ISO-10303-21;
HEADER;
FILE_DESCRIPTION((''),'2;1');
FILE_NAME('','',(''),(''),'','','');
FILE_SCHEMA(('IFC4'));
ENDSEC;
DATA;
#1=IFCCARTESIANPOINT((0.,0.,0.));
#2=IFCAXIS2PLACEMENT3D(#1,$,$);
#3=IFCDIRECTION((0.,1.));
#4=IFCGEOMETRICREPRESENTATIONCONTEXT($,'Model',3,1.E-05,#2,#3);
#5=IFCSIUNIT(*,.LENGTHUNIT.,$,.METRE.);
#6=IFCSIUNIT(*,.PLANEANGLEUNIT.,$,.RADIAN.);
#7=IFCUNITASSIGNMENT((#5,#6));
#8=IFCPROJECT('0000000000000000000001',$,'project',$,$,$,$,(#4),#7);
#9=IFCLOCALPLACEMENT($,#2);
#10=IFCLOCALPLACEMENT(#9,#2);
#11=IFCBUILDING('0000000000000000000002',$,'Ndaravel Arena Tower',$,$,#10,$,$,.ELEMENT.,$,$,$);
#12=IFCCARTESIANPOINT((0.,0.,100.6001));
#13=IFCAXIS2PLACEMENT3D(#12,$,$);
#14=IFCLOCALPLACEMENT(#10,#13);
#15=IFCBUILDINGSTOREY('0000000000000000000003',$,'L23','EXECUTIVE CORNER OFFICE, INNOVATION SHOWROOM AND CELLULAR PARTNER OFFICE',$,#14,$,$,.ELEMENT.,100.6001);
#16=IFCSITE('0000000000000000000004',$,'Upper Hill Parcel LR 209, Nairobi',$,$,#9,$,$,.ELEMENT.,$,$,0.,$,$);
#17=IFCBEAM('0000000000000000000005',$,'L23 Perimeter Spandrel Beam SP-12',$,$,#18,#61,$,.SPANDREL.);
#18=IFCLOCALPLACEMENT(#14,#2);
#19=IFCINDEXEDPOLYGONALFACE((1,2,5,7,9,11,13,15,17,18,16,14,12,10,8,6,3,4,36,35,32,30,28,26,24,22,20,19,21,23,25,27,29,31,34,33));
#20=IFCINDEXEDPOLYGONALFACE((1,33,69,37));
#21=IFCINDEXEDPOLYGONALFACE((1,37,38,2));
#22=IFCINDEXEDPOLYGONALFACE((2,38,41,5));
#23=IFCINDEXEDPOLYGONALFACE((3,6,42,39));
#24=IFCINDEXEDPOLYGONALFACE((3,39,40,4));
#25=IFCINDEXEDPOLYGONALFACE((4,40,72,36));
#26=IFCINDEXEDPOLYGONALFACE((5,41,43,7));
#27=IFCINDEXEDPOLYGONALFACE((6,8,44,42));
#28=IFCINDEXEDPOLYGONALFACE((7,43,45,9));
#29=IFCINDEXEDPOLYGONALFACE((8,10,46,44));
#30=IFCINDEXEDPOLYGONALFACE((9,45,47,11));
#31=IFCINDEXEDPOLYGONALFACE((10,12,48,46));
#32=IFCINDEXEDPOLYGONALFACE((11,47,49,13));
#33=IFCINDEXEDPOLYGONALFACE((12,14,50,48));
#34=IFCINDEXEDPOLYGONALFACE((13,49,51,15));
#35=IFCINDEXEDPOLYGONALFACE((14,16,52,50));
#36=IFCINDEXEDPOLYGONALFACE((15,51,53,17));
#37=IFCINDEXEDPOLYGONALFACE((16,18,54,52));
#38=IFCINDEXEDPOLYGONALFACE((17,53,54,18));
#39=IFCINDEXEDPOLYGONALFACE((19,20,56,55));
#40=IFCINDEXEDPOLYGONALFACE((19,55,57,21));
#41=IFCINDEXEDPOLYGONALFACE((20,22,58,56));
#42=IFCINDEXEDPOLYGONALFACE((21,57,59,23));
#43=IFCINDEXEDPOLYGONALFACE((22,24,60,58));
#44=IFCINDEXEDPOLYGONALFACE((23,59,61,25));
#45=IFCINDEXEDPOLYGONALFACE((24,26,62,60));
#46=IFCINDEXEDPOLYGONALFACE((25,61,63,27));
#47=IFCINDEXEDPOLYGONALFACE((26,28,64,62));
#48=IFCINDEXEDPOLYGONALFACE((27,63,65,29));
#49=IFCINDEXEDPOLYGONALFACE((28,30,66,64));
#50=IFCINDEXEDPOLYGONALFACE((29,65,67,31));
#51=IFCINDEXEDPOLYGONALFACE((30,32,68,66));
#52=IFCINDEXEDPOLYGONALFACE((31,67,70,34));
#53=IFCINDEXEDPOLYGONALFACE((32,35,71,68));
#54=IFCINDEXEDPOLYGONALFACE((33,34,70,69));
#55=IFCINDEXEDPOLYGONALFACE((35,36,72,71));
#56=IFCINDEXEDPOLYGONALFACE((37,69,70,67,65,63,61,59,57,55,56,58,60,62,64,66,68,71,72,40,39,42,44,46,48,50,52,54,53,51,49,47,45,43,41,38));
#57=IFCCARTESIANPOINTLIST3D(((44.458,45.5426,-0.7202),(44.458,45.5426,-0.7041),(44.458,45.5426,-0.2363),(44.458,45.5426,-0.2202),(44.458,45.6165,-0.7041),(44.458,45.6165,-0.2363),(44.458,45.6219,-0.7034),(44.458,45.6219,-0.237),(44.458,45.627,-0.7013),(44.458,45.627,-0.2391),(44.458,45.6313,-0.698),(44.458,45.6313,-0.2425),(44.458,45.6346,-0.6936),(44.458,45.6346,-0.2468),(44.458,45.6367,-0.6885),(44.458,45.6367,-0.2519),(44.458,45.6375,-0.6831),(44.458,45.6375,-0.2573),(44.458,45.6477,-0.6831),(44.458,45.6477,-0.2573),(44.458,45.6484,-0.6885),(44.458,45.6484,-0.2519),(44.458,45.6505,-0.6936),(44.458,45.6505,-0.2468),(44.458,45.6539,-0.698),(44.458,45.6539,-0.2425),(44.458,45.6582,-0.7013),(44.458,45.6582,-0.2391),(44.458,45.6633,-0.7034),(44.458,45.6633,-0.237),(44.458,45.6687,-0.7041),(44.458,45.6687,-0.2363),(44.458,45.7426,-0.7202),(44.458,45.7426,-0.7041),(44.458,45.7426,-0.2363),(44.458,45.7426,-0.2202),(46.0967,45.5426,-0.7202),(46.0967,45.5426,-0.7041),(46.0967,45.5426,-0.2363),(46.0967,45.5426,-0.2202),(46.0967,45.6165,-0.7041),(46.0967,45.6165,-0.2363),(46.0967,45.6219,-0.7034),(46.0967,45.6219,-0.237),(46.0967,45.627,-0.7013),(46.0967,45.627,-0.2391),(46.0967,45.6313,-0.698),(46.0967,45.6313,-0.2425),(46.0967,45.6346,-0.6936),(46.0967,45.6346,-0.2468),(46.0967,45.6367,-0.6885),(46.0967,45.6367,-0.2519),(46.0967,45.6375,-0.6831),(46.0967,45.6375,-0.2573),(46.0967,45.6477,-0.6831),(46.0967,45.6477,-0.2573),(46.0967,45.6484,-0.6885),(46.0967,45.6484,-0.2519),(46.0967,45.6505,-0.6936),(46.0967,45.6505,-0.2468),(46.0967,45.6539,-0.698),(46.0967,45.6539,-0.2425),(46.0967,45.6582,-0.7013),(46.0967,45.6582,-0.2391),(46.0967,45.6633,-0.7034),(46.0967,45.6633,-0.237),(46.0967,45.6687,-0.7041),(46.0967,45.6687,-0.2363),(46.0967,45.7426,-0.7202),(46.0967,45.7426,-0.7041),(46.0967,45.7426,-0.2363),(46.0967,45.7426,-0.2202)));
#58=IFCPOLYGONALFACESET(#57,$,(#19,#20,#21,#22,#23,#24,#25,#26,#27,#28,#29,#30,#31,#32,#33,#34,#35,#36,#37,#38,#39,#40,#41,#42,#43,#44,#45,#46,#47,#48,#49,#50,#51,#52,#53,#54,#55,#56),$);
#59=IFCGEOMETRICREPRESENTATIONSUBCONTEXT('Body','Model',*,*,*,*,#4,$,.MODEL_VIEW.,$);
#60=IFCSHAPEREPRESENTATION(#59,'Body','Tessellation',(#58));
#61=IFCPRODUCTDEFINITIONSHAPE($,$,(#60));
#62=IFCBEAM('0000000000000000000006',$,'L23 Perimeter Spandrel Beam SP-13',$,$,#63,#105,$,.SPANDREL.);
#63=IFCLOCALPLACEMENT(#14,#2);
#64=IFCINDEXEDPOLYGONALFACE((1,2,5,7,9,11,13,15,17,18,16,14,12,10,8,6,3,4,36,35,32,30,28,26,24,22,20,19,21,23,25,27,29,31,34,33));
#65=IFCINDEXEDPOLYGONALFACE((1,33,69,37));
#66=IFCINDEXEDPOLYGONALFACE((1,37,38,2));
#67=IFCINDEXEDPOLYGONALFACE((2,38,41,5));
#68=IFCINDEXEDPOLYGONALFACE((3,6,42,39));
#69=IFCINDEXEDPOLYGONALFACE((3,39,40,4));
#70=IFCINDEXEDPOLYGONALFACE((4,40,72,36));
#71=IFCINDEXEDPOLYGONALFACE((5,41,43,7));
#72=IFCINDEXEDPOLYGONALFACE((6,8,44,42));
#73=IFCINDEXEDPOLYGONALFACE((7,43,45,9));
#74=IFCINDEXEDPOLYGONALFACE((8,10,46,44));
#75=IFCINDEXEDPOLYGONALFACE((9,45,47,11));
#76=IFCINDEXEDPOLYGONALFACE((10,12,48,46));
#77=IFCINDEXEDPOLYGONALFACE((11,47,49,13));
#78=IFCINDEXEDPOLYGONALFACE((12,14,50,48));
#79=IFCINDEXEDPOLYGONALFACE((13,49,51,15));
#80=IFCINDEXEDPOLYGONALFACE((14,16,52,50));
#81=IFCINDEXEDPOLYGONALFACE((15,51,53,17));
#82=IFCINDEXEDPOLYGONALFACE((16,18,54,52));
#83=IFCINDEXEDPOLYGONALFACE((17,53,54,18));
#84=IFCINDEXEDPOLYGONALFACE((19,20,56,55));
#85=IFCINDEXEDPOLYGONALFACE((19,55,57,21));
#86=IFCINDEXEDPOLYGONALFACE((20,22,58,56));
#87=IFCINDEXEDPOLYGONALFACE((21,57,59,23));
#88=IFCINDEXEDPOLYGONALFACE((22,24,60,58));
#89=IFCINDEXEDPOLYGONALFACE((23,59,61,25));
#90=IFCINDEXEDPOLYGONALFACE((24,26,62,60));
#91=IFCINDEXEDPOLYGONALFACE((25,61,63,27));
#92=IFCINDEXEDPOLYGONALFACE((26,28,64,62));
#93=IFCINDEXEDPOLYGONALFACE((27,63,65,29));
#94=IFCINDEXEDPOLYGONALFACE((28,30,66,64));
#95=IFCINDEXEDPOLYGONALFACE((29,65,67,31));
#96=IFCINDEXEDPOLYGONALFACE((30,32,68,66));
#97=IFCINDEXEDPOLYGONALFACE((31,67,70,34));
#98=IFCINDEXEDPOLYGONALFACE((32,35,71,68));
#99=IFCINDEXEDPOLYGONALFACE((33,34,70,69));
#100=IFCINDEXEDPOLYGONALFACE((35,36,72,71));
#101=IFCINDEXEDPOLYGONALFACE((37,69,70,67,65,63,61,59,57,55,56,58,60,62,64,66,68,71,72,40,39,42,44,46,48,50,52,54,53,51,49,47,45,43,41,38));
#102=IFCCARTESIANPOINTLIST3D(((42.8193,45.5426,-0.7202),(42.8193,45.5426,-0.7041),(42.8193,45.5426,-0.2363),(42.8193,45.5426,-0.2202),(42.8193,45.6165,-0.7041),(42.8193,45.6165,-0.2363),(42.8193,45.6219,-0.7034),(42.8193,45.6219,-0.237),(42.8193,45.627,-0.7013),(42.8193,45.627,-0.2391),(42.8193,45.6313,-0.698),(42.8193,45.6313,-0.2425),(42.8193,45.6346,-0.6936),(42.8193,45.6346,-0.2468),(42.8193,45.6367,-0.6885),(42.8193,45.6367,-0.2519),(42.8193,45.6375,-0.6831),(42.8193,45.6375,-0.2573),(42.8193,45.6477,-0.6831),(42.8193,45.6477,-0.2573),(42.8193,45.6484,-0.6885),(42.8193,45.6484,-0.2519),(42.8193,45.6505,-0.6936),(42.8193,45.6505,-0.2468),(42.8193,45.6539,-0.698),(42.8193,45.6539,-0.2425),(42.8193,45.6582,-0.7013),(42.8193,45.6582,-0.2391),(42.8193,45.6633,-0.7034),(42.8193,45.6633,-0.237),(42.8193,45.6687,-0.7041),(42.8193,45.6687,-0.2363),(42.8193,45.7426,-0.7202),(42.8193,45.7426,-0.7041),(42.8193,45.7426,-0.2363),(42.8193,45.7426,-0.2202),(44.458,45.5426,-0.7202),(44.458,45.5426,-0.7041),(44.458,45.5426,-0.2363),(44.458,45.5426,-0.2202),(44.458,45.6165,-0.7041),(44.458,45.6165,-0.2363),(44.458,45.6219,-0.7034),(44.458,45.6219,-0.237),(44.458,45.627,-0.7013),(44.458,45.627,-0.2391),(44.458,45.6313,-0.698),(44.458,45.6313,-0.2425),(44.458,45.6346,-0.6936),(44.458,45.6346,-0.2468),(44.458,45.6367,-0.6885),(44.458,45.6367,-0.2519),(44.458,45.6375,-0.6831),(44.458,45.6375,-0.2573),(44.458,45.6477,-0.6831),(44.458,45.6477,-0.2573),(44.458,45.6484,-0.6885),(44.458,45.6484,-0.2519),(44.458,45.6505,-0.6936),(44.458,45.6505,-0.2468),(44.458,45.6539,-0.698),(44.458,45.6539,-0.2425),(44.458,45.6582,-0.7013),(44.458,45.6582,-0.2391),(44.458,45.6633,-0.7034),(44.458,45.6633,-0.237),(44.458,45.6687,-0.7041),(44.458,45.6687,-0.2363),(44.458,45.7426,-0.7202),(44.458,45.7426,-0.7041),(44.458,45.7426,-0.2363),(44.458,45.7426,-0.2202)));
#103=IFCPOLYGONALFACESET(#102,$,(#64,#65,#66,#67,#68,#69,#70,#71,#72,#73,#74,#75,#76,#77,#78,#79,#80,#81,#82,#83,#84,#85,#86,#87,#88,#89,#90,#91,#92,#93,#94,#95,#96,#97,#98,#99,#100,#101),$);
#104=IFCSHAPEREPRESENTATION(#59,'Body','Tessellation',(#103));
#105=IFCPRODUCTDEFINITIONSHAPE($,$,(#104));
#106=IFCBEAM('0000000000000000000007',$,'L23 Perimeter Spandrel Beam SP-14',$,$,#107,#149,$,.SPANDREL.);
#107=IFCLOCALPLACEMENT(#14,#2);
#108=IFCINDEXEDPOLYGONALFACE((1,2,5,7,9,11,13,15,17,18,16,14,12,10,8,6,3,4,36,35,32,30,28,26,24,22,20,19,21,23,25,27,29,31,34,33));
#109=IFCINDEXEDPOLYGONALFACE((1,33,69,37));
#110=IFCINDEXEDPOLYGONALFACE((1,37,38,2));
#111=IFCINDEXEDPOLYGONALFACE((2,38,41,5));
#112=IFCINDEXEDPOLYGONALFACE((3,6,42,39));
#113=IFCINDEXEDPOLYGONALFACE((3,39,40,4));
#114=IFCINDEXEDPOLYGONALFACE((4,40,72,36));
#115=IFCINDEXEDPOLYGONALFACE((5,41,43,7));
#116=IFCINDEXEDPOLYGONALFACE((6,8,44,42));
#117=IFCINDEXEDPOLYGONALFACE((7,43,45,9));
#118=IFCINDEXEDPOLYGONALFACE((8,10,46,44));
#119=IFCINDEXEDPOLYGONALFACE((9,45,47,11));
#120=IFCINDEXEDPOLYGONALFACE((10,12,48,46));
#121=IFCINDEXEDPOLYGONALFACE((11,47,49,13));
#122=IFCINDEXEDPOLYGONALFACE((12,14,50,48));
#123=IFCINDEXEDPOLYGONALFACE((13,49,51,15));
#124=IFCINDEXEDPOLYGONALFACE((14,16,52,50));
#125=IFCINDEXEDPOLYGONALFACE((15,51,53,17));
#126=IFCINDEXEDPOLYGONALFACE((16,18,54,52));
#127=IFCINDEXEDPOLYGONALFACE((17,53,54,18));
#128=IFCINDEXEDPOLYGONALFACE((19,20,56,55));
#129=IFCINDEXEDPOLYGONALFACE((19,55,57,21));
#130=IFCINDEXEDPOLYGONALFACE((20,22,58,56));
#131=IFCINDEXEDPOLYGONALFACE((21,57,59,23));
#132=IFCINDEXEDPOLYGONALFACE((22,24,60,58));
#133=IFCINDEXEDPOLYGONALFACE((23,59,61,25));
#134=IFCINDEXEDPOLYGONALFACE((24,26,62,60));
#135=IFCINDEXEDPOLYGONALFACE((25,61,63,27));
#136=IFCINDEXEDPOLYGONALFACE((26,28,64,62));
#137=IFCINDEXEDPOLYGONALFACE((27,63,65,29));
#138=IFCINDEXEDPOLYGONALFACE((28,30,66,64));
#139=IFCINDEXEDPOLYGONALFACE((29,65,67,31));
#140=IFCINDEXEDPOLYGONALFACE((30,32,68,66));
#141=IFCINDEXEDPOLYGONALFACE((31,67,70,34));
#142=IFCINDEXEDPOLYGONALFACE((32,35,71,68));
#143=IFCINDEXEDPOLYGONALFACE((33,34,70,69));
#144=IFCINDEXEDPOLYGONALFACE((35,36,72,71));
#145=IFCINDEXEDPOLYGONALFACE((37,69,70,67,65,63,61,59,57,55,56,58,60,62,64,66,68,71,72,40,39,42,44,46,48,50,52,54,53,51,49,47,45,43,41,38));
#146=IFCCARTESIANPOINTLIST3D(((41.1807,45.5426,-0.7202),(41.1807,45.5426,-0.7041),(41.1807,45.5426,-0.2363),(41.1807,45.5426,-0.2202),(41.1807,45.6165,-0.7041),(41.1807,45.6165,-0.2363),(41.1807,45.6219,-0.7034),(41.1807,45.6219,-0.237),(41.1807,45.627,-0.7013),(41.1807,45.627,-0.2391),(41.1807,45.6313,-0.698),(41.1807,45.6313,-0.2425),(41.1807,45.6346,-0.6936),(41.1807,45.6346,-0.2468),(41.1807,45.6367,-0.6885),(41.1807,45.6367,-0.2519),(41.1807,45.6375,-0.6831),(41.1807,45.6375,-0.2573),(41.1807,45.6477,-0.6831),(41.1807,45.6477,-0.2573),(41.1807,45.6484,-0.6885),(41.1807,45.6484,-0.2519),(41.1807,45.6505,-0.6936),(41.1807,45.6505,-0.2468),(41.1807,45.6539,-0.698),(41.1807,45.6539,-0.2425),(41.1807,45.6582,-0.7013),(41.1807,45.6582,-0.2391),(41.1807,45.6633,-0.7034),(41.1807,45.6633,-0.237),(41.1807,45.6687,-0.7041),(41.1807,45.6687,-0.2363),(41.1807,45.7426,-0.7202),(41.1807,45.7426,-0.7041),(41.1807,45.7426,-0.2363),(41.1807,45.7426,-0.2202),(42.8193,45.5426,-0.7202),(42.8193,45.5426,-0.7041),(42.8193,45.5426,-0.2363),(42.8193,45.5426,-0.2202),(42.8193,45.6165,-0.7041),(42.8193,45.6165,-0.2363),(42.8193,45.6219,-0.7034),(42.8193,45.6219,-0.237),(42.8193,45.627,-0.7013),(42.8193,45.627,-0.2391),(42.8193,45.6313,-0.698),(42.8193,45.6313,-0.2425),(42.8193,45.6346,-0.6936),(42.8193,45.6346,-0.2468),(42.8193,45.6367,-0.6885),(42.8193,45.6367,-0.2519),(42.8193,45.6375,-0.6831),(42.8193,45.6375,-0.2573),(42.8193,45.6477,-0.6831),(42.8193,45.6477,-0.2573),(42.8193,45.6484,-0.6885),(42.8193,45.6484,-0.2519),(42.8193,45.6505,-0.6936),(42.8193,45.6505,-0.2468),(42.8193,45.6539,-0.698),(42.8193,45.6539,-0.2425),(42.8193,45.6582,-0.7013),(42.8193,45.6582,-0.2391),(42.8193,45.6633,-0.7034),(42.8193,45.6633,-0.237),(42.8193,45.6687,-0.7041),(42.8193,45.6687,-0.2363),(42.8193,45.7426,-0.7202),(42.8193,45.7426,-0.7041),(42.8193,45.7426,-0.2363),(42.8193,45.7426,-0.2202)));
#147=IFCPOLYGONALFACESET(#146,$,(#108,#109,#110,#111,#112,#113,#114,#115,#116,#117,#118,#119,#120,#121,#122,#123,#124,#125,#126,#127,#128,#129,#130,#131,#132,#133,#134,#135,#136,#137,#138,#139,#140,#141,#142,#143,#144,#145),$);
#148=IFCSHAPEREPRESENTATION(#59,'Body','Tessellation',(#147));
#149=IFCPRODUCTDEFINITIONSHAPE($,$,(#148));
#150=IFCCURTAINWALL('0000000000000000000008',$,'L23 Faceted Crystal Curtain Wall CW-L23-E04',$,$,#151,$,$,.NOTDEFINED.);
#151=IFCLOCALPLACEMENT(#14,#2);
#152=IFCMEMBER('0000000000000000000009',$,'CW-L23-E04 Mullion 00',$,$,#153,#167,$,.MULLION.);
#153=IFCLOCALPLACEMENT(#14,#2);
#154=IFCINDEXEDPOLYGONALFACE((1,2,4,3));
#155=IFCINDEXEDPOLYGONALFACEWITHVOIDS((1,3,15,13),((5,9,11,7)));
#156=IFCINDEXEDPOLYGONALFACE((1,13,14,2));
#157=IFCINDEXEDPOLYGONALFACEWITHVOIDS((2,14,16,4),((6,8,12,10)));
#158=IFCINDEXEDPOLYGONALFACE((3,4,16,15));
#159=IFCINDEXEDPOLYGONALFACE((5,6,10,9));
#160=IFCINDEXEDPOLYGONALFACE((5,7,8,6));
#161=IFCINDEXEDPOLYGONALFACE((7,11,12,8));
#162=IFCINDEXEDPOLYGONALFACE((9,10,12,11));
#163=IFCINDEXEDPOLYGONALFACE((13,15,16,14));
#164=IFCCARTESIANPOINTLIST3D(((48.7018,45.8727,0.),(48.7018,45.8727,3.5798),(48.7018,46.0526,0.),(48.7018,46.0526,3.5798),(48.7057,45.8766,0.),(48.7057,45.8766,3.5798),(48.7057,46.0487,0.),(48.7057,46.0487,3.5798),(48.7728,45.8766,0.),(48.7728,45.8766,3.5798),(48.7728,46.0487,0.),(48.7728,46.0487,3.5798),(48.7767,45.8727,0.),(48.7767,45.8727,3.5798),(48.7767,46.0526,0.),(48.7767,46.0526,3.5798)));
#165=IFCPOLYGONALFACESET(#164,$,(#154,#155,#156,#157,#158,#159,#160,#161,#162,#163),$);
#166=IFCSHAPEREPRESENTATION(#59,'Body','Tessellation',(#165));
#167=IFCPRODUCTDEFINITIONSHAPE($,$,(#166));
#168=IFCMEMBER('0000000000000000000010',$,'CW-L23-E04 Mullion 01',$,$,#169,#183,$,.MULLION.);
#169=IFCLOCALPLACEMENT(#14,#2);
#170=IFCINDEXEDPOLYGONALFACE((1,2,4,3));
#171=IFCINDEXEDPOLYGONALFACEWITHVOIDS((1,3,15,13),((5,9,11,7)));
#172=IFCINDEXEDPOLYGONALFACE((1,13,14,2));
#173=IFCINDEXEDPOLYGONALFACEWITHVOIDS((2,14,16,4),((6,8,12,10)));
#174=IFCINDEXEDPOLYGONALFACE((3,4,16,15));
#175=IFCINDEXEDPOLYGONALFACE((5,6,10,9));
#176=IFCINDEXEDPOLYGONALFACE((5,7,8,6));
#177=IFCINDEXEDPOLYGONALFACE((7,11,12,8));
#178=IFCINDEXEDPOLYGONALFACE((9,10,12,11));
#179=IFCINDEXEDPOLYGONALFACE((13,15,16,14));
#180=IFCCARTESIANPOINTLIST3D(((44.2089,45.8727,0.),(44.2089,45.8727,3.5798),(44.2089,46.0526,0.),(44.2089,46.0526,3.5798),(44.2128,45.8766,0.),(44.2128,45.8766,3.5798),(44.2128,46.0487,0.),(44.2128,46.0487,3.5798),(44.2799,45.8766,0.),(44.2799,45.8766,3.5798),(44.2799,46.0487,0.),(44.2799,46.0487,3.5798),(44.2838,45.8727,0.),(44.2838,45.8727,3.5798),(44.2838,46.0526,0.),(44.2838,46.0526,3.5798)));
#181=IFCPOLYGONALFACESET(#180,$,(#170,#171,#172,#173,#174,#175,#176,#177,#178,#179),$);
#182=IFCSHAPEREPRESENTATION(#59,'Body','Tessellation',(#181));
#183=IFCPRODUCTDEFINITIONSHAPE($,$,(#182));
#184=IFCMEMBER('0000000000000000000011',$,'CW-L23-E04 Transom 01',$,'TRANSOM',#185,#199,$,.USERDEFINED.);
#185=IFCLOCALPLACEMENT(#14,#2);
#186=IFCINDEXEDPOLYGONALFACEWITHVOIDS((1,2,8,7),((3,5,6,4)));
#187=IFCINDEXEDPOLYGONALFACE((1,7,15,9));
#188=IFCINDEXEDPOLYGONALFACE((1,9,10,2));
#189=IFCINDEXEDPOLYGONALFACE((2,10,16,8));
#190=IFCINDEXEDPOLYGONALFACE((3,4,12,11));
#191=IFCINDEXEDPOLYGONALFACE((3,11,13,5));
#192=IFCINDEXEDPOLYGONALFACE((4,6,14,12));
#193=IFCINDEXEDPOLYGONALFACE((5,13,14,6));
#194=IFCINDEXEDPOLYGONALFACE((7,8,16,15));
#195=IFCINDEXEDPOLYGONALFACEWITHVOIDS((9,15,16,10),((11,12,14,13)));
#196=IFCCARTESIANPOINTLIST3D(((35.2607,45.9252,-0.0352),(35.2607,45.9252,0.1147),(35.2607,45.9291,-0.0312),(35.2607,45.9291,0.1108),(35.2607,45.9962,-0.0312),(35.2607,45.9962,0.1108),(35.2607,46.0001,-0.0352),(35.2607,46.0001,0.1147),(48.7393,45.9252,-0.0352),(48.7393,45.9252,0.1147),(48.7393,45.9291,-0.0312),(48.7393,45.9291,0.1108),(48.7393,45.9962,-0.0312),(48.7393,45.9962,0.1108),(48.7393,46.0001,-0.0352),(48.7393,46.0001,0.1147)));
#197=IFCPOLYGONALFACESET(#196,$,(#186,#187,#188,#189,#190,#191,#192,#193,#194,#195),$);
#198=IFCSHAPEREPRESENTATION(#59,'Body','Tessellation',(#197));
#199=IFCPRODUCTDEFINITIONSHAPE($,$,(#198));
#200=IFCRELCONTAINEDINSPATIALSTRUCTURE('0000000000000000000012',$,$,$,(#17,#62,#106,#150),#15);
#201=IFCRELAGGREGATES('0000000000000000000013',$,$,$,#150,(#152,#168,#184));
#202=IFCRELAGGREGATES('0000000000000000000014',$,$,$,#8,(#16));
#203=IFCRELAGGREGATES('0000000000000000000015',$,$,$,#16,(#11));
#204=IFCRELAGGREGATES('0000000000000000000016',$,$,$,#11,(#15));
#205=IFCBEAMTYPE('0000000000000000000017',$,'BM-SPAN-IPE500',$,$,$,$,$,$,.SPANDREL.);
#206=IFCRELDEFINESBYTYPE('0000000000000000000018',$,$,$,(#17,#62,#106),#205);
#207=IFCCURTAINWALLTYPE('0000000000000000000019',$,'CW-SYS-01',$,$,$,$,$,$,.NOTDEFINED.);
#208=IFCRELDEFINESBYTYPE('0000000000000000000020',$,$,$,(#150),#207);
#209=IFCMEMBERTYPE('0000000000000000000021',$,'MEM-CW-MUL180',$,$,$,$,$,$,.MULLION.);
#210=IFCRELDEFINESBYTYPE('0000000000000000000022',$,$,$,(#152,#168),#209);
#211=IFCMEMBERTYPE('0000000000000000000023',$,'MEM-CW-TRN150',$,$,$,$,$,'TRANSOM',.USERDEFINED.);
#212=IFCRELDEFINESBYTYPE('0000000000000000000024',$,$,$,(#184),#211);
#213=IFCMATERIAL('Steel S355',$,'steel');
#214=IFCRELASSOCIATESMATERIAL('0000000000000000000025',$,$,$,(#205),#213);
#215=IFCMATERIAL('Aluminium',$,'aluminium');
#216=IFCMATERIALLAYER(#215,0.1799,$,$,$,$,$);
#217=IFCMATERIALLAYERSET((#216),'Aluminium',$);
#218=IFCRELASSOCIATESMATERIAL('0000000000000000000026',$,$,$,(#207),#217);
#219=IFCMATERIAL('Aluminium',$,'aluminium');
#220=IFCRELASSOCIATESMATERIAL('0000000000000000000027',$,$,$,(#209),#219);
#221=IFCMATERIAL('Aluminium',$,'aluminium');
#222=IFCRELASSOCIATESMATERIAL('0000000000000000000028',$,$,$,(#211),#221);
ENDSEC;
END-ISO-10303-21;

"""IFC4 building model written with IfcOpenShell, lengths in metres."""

from ifc_helpers import new_model, si_unit, direction, frame, origin, origin_2d, place, context, subcontext, project, spatial, hollow_rectangle, i_section, extrude, material, layer, layer_set, material_profile, profile_set, type_object, element, aggregate, save


model = new_model("IFC4")

# Units and contexts
model_context = context("Model", 3, precision=1e-05, world=origin(), true_north=direction((0.0, 1.0)))
body_context = subcontext(model_context, "Body", "Model", "MODEL_VIEW")
ifc_project = project(units=[si_unit("LENGTHUNIT", "METRE"), si_unit("PLANEANGLEUNIT", "RADIAN")], contexts=[model_context])

# Site, building, storey
site_placement = place(None, origin())
site = spatial("IfcSite", under=ifc_project, at=site_placement, Name="Upper Hill Parcel LR 209, Nairobi", CompositionType="ELEMENT", RefElevation=0.0)
building_placement = place(site_placement, origin())
building = spatial("IfcBuilding", under=site, at=building_placement, Name="Ndaravel Arena Tower", CompositionType="ELEMENT")
storey_placement = place(building_placement, frame((0.0, 0.0, 100.6001)))
storey = spatial("IfcBuildingStorey", under=building, at=storey_placement, Name="L23", Description="EXECUTIVE CORNER OFFICE, INNOVATION SHOWROOM AND CELLULAR PARTNER OFFICE", CompositionType="ELEMENT", Elevation=100.6001)

# Beams
ifc_material_1 = material(Name="Steel S355", Category="steel")
ifc_material_profile_1 = material_profile(ifc_material_1, i_section(OverallWidth=0.2, OverallDepth=0.5, WebThickness=0.0103, FlangeThickness=0.0161, FilletRadius=0.021, at=origin_2d()), Name="IPE 500")
ifc_profile_set_1 = profile_set([ifc_material_profile_1], Name="Steel S355")
beam_type_1 = type_object("IfcBeamType", Name="BM-SPAN-IPE500", PredefinedType="SPANDREL", material=ifc_profile_set_1)
for number, where, z_axis, x_axis, name in (
    (1, (46.0967, 45.6426, -0.4702), (-1.0, 0.0, 0.0), (0.0, -1.0, 0.0), "L23 Perimeter Spandrel Beam SP-12"),
    (2, (44.458, 45.6426, -0.4702), (-1.0, 0.0, 0.0), (0.0, -1.0, 0.0), "L23 Perimeter Spandrel Beam SP-13"),
    (3, (42.8193, 45.6426, -0.4702), (-1.0, 0.0, 0.0), (0.0, -1.0, 0.0), "L23 Perimeter Spandrel Beam SP-14"),
):
    element("IfcBeam", number, at=place(storey_placement, frame(where, z_axis=z_axis, x_axis=x_axis)), inside=storey, type_object=beam_type_1, Name=name, PredefinedType="SPANDREL", context=body_context, shape_type="SweptSolid", body=[
        extrude(i_section(OverallWidth=0.2, OverallDepth=0.5, WebThickness=0.0103, FlangeThickness=0.0161, FilletRadius=0.021, at=origin_2d()), origin(), (0.0, 0.0, 1.0), 1.6387),
    ])

# Curtain wall, members
ifc_material_2 = material(Name="Aluminium", Category="aluminium")
ifc_layer_1 = layer(ifc_material_2, 0.1799)
ifc_layer_set_1 = layer_set([ifc_layer_1], Name="Aluminium")
curtain_wall_type_1 = type_object("IfcCurtainWallType", Name="CW-SYS-01", PredefinedType="NOTDEFINED", material=ifc_layer_set_1)
curtain_wall_1_placement = place(storey_placement, origin())
curtain_wall_1 = element("IfcCurtainWall", 4, at=curtain_wall_1_placement, inside=storey, type_object=curtain_wall_type_1, Name="L23 Faceted Crystal Curtain Wall CW-L23-E04", PredefinedType="NOTDEFINED")
ifc_material_3 = material(Name="Aluminium", Category="aluminium")
ifc_material_profile_2 = material_profile(ifc_material_3, hollow_rectangle(XDim=0.075, YDim=0.1799, WallThickness=0.0039, at=origin_2d()), Name="CW MULLION 75x180x4")
ifc_profile_set_2 = profile_set([ifc_material_profile_2], Name="Aluminium")
member_type_1 = type_object("IfcMemberType", Name="MEM-CW-MUL180", PredefinedType="MULLION", material=ifc_profile_set_2)
member_1_placement = place(storey_placement, frame((48.7393, 45.9626, 0.0), z_axis=(0.0, 0.0, 1.0), x_axis=(-1.0, 0.0, 0.0)))
member_1 = element("IfcMember", 5, at=member_1_placement, type_object=member_type_1, Name="CW-L23-E04 Mullion 00", PredefinedType="MULLION", context=body_context, shape_type="SweptSolid", body=[
    extrude(hollow_rectangle(XDim=0.075, YDim=0.1799, WallThickness=0.0039, at=origin_2d()), origin(), (0.0, 0.0, 1.0), 3.5798),
])
member_2_placement = place(storey_placement, frame((44.2463, 45.9626, 0.0), z_axis=(0.0, 0.0, 1.0), x_axis=(-1.0, 0.0, 0.0)))
member_2 = element("IfcMember", 6, at=member_2_placement, type_object=member_type_1, Name="CW-L23-E04 Mullion 01", PredefinedType="MULLION", context=body_context, shape_type="SweptSolid", body=[
    extrude(hollow_rectangle(XDim=0.075, YDim=0.1799, WallThickness=0.0039, at=origin_2d()), origin(), (0.0, 0.0, 1.0), 3.5798),
])
ifc_material_4 = material(Name="Aluminium", Category="aluminium")
ifc_material_profile_3 = material_profile(ifc_material_4, hollow_rectangle(XDim=0.075, YDim=0.1499, WallThickness=0.0039, at=origin_2d()), Name="CW TRANSOM 75x150x4")
ifc_profile_set_3 = profile_set([ifc_material_profile_3], Name="Aluminium")
member_type_2 = type_object("IfcMemberType", Name="MEM-CW-TRN150", ElementType="TRANSOM", PredefinedType="USERDEFINED", material=ifc_profile_set_3)
member_3_placement = place(storey_placement, frame((48.7393, 45.9626, 0.0398), z_axis=(-1.0, 0.0, 0.0), x_axis=(0.0, -1.0, 0.0)))
member_3 = element("IfcMember", 7, at=member_3_placement, type_object=member_type_2, Name="CW-L23-E04 Transom 01", ObjectType="TRANSOM", PredefinedType="USERDEFINED", context=body_context, shape_type="SweptSolid", body=[
    extrude(hollow_rectangle(XDim=0.075, YDim=0.1499, WallThickness=0.0039, at=origin_2d()), origin(), (0.0, 0.0, 1.0), 13.4785),
])
aggregate(curtain_wall_1, [member_1, member_2, member_3])

save(model, "model.ifc")
